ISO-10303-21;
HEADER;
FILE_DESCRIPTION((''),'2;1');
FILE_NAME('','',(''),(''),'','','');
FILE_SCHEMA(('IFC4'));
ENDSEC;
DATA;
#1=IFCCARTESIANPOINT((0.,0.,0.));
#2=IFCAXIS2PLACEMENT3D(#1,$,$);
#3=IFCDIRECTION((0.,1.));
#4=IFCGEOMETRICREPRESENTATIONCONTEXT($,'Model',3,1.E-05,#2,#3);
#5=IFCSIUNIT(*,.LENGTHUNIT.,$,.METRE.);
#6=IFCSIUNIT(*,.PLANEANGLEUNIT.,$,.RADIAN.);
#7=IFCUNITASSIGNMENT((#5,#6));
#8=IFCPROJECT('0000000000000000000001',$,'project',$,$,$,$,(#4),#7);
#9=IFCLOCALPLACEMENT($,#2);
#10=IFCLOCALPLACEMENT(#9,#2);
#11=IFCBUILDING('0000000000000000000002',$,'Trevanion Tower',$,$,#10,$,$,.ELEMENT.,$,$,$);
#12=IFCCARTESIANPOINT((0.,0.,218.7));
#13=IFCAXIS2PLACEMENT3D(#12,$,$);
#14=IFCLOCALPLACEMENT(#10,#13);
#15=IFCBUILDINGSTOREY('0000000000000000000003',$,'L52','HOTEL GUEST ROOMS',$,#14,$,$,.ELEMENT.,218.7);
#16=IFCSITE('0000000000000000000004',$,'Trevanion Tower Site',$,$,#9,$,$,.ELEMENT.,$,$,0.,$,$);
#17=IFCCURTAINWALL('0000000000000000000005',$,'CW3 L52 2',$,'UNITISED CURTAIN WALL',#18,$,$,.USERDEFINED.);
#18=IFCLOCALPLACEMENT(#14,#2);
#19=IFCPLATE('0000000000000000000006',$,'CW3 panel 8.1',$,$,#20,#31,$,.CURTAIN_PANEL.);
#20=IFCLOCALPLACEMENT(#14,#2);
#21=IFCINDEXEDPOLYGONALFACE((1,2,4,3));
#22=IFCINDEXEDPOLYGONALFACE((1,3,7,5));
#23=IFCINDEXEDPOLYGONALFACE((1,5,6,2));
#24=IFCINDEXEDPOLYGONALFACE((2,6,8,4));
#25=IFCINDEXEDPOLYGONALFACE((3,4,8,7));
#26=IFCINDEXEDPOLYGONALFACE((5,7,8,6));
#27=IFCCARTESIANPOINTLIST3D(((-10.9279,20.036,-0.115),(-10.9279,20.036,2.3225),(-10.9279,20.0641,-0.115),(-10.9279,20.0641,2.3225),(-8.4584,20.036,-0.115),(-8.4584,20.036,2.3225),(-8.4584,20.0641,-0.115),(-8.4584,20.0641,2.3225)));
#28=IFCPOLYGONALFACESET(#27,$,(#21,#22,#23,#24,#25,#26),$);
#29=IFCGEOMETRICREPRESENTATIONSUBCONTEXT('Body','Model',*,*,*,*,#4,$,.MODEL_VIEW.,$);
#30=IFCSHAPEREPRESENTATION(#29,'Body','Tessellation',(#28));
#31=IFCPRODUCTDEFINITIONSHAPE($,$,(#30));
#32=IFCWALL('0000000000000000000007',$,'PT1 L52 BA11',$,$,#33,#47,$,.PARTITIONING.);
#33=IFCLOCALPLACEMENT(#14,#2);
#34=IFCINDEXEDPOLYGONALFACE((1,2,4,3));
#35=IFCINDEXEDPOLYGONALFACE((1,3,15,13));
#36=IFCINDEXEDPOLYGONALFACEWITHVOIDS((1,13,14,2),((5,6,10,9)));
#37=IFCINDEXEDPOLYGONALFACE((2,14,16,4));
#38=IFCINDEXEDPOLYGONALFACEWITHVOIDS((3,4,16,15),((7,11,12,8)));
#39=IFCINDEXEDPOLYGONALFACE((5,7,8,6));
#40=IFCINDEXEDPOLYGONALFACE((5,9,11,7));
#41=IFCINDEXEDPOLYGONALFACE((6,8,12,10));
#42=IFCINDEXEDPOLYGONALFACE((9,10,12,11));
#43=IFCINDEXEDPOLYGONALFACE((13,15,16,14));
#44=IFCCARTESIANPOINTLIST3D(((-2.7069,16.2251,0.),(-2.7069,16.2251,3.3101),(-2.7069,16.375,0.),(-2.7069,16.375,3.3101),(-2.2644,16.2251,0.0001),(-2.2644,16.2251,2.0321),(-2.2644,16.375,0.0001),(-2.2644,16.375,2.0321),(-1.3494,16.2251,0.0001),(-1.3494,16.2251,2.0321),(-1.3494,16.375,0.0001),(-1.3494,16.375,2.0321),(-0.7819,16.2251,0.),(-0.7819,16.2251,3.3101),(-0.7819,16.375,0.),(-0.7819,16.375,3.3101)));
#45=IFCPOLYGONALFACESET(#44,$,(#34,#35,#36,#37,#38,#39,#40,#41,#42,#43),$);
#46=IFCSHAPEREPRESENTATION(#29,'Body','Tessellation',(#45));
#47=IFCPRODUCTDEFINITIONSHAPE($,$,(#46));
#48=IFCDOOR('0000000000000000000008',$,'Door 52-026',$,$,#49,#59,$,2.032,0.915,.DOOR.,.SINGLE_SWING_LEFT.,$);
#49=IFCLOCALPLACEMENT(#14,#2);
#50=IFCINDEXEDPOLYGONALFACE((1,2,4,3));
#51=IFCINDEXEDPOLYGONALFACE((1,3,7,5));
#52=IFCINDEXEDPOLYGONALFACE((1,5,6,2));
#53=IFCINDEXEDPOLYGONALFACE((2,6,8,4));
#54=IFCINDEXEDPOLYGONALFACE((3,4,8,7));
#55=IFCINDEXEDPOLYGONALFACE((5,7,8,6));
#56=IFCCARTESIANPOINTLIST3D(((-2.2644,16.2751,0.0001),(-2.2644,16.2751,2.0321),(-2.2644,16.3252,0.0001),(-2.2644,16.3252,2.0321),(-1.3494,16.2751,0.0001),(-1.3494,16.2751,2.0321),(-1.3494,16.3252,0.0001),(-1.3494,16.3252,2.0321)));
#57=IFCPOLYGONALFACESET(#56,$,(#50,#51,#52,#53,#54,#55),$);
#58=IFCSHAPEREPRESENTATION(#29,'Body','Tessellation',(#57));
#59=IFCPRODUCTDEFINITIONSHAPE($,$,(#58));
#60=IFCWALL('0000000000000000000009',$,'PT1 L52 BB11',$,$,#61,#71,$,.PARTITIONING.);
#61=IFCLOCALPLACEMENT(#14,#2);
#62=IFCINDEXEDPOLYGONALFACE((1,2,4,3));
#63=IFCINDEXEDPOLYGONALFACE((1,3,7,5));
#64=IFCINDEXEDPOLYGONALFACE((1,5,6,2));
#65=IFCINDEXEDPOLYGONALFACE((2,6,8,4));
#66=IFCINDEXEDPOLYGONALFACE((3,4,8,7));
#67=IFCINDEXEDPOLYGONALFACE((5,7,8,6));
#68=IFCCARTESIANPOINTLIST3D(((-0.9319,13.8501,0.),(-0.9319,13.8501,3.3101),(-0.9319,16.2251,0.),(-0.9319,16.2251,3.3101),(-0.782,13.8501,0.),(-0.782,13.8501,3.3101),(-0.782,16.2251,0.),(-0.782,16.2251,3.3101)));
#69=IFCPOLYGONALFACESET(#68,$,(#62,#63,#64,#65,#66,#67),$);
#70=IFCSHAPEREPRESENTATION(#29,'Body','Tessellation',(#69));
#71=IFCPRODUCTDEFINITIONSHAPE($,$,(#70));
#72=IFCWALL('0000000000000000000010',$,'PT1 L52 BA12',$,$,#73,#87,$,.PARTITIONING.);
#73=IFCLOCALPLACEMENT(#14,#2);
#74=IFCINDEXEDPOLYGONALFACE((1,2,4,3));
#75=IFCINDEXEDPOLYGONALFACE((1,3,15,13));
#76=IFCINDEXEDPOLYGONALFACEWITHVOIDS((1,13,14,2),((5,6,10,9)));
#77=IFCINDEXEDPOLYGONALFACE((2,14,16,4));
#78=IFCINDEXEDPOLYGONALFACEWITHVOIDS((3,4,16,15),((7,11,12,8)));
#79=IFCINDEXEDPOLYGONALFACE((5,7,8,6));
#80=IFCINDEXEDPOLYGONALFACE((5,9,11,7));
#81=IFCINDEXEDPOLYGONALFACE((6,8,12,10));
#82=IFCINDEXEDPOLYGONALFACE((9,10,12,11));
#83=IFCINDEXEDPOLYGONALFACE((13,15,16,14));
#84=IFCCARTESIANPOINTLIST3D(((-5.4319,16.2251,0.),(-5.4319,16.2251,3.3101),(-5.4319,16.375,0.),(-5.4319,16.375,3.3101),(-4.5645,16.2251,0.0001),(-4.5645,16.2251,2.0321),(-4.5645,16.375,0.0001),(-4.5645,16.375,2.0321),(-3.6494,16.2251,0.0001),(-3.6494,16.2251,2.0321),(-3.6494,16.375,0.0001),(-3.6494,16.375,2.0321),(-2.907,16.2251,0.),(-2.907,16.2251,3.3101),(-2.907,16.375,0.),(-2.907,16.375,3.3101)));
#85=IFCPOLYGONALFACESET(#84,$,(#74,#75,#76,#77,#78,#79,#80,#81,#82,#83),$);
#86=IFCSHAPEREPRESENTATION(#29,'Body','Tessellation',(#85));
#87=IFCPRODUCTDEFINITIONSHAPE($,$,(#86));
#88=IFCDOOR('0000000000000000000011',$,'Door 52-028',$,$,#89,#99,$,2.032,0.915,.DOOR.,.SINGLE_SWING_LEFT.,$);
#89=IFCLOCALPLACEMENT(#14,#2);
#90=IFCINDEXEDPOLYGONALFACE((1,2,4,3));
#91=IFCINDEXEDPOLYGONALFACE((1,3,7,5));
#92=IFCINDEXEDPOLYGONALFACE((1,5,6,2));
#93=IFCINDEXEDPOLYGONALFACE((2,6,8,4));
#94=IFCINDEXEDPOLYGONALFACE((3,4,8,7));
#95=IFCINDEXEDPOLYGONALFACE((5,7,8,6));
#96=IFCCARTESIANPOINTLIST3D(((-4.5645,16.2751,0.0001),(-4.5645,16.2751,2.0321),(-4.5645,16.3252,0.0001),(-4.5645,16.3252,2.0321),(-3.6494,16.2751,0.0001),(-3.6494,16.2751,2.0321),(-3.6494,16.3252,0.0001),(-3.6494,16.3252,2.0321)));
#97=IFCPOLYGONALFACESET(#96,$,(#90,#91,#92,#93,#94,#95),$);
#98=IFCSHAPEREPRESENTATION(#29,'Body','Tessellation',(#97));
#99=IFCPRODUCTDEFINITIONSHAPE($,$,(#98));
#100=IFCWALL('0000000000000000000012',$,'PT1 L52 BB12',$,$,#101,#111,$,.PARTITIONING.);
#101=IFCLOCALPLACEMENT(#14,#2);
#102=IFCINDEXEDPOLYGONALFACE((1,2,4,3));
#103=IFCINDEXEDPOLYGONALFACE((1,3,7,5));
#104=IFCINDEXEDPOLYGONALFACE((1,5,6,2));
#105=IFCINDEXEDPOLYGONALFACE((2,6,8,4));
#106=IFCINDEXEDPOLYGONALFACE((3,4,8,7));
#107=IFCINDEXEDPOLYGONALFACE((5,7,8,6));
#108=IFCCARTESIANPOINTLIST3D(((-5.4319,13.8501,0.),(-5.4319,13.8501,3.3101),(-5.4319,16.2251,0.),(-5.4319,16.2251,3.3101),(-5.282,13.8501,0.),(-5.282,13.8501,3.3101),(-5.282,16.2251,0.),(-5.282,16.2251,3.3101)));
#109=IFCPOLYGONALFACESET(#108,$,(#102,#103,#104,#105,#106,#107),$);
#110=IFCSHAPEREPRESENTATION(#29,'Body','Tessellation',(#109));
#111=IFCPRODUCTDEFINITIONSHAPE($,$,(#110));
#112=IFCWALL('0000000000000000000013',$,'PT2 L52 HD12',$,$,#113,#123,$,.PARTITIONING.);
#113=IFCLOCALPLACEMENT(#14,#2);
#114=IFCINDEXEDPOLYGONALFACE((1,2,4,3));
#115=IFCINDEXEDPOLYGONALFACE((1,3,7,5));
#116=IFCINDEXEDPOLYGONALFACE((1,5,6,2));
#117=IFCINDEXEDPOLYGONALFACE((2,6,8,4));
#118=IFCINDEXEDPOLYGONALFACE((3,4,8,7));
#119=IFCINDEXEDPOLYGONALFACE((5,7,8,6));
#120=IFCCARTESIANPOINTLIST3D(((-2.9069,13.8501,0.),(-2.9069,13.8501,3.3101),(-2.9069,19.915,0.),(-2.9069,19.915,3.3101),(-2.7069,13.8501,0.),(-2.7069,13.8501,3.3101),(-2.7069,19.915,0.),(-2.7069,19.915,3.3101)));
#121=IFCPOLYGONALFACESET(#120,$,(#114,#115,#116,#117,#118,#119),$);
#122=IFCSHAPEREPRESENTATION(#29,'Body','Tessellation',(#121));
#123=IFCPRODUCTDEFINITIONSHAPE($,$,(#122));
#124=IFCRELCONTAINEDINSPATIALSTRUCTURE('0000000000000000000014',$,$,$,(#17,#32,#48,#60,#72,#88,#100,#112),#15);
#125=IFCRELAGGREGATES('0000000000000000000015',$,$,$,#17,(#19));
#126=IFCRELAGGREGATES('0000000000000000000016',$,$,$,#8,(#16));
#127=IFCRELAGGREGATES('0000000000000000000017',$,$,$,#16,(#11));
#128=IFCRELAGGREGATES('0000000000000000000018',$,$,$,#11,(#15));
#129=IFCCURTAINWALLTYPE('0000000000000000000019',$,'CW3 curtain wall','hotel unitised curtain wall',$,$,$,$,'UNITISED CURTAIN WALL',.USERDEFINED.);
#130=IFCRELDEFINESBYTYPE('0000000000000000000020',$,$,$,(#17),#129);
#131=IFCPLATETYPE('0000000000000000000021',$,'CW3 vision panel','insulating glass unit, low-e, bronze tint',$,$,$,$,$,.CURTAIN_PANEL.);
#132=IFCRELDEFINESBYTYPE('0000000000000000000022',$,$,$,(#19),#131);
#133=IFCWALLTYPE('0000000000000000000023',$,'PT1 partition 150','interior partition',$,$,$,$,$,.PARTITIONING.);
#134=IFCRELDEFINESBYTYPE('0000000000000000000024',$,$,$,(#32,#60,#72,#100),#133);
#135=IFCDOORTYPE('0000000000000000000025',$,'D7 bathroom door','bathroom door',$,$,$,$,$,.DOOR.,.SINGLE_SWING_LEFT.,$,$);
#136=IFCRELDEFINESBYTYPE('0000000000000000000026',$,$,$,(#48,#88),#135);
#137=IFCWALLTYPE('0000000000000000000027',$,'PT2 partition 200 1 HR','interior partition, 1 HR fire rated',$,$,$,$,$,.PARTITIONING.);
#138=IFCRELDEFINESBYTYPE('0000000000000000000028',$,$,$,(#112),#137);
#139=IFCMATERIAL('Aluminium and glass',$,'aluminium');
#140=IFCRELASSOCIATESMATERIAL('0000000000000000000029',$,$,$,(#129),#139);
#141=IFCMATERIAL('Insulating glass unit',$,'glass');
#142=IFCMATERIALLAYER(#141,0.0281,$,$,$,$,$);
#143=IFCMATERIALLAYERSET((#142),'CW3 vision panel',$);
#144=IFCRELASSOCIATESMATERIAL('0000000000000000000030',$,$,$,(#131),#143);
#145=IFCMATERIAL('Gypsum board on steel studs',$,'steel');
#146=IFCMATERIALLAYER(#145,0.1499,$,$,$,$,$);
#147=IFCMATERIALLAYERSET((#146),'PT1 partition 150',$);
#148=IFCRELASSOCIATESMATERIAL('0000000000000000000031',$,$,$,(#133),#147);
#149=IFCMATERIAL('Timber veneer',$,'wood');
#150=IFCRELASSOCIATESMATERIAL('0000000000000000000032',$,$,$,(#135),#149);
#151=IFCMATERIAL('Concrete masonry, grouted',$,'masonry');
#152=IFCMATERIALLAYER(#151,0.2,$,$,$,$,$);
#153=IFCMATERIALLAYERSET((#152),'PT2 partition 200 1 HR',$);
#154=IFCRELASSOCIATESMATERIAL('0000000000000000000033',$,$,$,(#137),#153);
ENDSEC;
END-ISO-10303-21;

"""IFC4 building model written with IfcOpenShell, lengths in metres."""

from ifc_helpers import new_model, si_unit, direction, frame, frame_2d, origin, origin_2d, place, context, subcontext, project, spatial, rectangle, extrude, material, layer, layer_set, type_object, element, fill, aggregate, save


model = new_model("IFC4")

# Units and contexts
model_context = context("Model", 3, precision=1e-05, world=origin(), true_north=direction((0.0, 1.0)))
body_context = subcontext(model_context, "Body", "Model", "MODEL_VIEW")
ifc_project = project(units=[si_unit("LENGTHUNIT", "METRE"), si_unit("PLANEANGLEUNIT", "RADIAN")], contexts=[model_context])

# Site, building, storey
site_placement = place(None, origin())
site = spatial("IfcSite", under=ifc_project, at=site_placement, Name="Trevanion Tower Site", CompositionType="ELEMENT", RefElevation=0.0)
building_placement = place(site_placement, origin())
building = spatial("IfcBuilding", under=site, at=building_placement, Name="Trevanion Tower", CompositionType="ELEMENT")
storey_placement = place(building_placement, frame((0.0, 0.0, 218.7)))
storey = spatial("IfcBuildingStorey", under=building, at=storey_placement, Name="L52", Description="HOTEL GUEST ROOMS", CompositionType="ELEMENT", Elevation=218.7)

# Curtain wall
ifc_material_1 = material(Name="Aluminium and glass", Category="aluminium")
curtain_wall_type = type_object("IfcCurtainWallType", Name="CW3 curtain wall", Description="hotel unitised curtain wall", ElementType="UNITISED CURTAIN WALL", PredefinedType="USERDEFINED", material=ifc_material_1)
curtain_wall_placement = place(storey_placement, origin())
curtain_wall = element("IfcCurtainWall", 1, at=curtain_wall_placement, inside=storey, type_object=curtain_wall_type, Name="CW3 L52 2", ObjectType="UNITISED CURTAIN WALL", PredefinedType="USERDEFINED")

# Plate
ifc_material_2 = material(Name="Insulating glass unit", Category="glass")
ifc_layer_1 = layer(ifc_material_2, 0.0281)
ifc_layer_set_1 = layer_set([ifc_layer_1], Name="CW3 vision panel")
plate_type_1 = type_object("IfcPlateType", Name="CW3 vision panel", Description="insulating glass unit, low-e, bronze tint", PredefinedType="CURTAIN_PANEL", material=ifc_layer_set_1)
plate_1_placement = place(storey_placement, frame((-9.6931, 20.05, -0.115), z_axis=(0.0, 0.0, 1.0), x_axis=(-1.0, 0.0, 0.0)))
plate_1 = element("IfcPlate", 2, at=plate_1_placement, type_object=plate_type_1, Name="CW3 panel 8.1", PredefinedType="CURTAIN_PANEL", context=body_context, shape_type="SweptSolid", body=[
    extrude(rectangle(XDim=2.4695, YDim=0.0281, at=origin_2d()), origin(), (0.0, 0.0, 1.0), 2.4375),
])
aggregate(curtain_wall, [plate_1])

# Wall, opening, door
ifc_material_3 = material(Name="Gypsum board on steel studs", Category="steel")
ifc_layer_2 = layer(ifc_material_3, 0.1499)
ifc_layer_set_2 = layer_set([ifc_layer_2], Name="PT1 partition 150")
wall_type_1 = type_object("IfcWallType", Name="PT1 partition 150", Description="interior partition", PredefinedType="PARTITIONING", material=ifc_layer_set_2)
wall_1_placement = place(storey_placement, frame((-0.782, 16.3, 0.0), z_axis=(0.0, 0.0, 1.0), x_axis=(-1.0, 0.0, 0.0)))
wall_1 = element("IfcWall", 3, at=wall_1_placement, inside=storey, type_object=wall_type_1, Name="PT1 L52 BA11", PredefinedType="PARTITIONING", context=body_context, shape_type="SweptSolid", body=[
    extrude(rectangle(XDim=1.925, YDim=0.1499, at=frame_2d((0.9624, 0.0))), origin(), (0.0, 0.0, 1.0), 3.3101),
])
opening_1_placement = place(wall_1_placement, frame((0.5674, 0.0, 0.0)))
opening_1 = element("IfcOpeningElement", 4, at=opening_1_placement, cuts=wall_1, PredefinedType="OPENING", context=body_context, shape_type="SweptSolid", body=[
    extrude(rectangle(XDim=0.915, YDim=2.032, at=frame_2d((0.4575, 1.0161))), frame((0.0, 0.085, 0.0), z_axis=(0.0, -1.0, 0.0), x_axis=(1.0, 0.0, 0.0)), (0.0, 0.0, 1.0), 0.1699),
])
ifc_material_4 = material(Name="Timber veneer", Category="wood")
door_type = type_object("IfcDoorType", Name="D7 bathroom door", Description="bathroom door", OperationType="SINGLE_SWING_LEFT", PredefinedType="DOOR", material=ifc_material_4)
door_1_placement = place(opening_1_placement, origin())
door_1 = element("IfcDoor", 5, at=door_1_placement, inside=storey, type_object=door_type, Name="Door 52-026", OperationType="SINGLE_SWING_LEFT", OverallHeight=2.032, OverallWidth=0.915, PredefinedType="DOOR", context=body_context, shape_type="SweptSolid", body=[
    extrude(rectangle(XDim=0.915, YDim=2.032, at=frame_2d((0.4575, 1.0161))), frame((0.0, 0.0249, 0.0), z_axis=(0.0, -1.0, 0.0), x_axis=(1.0, 0.0, 0.0)), (0.0, 0.0, 1.0), 0.05),
])
fill(opening_1, door_1)

# Wall
wall_2_placement = place(storey_placement, frame((-0.8569, 13.8501, 0.0), z_axis=(0.0, 0.0, 1.0), x_axis=(0.0, 1.0, 0.0)))
element("IfcWall", 6, at=wall_2_placement, inside=storey, type_object=wall_type_1, Name="PT1 L52 BB11", PredefinedType="PARTITIONING", context=body_context, shape_type="SweptSolid", body=[
    extrude(rectangle(XDim=2.375, YDim=0.1499, at=frame_2d((1.1875, 0.0))), origin(), (0.0, 0.0, 1.0), 3.3101),
])

# Wall, opening, door
wall_3_placement = place(storey_placement, frame((-2.907, 16.3, 0.0), z_axis=(0.0, 0.0, 1.0), x_axis=(-1.0, 0.0, 0.0)))
wall_3 = element("IfcWall", 7, at=wall_3_placement, inside=storey, type_object=wall_type_1, Name="PT1 L52 BA12", PredefinedType="PARTITIONING", context=body_context, shape_type="SweptSolid", body=[
    extrude(rectangle(XDim=2.5249, YDim=0.1499, at=frame_2d((1.2625, 0.0))), origin(), (0.0, 0.0, 1.0), 3.3101),
])
opening_2_placement = place(wall_3_placement, frame((0.7424, 0.0, 0.0)))
opening_2 = element("IfcOpeningElement", 8, at=opening_2_placement, cuts=wall_3, PredefinedType="OPENING", context=body_context, shape_type="SweptSolid", body=[
    extrude(rectangle(XDim=0.915, YDim=2.032, at=frame_2d((0.4575, 1.0161))), frame((0.0, 0.085, 0.0), z_axis=(0.0, -1.0, 0.0), x_axis=(1.0, 0.0, 0.0)), (0.0, 0.0, 1.0), 0.1699),
])
door_2_placement = place(opening_2_placement, origin())
door_2 = element("IfcDoor", 9, at=door_2_placement, inside=storey, type_object=door_type, Name="Door 52-028", OperationType="SINGLE_SWING_LEFT", OverallHeight=2.032, OverallWidth=0.915, PredefinedType="DOOR", context=body_context, shape_type="SweptSolid", body=[
    extrude(rectangle(XDim=0.915, YDim=2.032, at=frame_2d((0.4575, 1.0161))), frame((0.0, 0.0249, 0.0), z_axis=(0.0, -1.0, 0.0), x_axis=(1.0, 0.0, 0.0)), (0.0, 0.0, 1.0), 0.05),
])
fill(opening_2, door_2)

# Walls
wall_4_placement = place(storey_placement, frame((-5.3569, 13.8501, 0.0), z_axis=(0.0, 0.0, 1.0), x_axis=(0.0, 1.0, 0.0)))
element("IfcWall", 10, at=wall_4_placement, inside=storey, type_object=wall_type_1, Name="PT1 L52 BB12", PredefinedType="PARTITIONING", context=body_context, shape_type="SweptSolid", body=[
    extrude(rectangle(XDim=2.375, YDim=0.1499, at=frame_2d((1.1875, 0.0))), origin(), (0.0, 0.0, 1.0), 3.3101),
])
ifc_material_5 = material(Name="Concrete masonry, grouted", Category="masonry")
ifc_layer_3 = layer(ifc_material_5, 0.2)
ifc_layer_set_3 = layer_set([ifc_layer_3], Name="PT2 partition 200 1 HR")
wall_type_2 = type_object("IfcWallType", Name="PT2 partition 200 1 HR", Description="interior partition, 1 HR fire rated", PredefinedType="PARTITIONING", material=ifc_layer_set_3)
wall_5_placement = place(storey_placement, frame((-2.8069, 13.8501, 0.0), z_axis=(0.0, 0.0, 1.0), x_axis=(0.0, 1.0, 0.0)))
element("IfcWall", 11, at=wall_5_placement, inside=storey, type_object=wall_type_2, Name="PT2 L52 HD12", PredefinedType="PARTITIONING", context=body_context, shape_type="SweptSolid", body=[
    extrude(rectangle(XDim=6.0649, YDim=0.2, at=frame_2d((3.0325, 0.0))), origin(), (0.0, 0.0, 1.0), 3.3101),
])

save(model, "model.ifc")
